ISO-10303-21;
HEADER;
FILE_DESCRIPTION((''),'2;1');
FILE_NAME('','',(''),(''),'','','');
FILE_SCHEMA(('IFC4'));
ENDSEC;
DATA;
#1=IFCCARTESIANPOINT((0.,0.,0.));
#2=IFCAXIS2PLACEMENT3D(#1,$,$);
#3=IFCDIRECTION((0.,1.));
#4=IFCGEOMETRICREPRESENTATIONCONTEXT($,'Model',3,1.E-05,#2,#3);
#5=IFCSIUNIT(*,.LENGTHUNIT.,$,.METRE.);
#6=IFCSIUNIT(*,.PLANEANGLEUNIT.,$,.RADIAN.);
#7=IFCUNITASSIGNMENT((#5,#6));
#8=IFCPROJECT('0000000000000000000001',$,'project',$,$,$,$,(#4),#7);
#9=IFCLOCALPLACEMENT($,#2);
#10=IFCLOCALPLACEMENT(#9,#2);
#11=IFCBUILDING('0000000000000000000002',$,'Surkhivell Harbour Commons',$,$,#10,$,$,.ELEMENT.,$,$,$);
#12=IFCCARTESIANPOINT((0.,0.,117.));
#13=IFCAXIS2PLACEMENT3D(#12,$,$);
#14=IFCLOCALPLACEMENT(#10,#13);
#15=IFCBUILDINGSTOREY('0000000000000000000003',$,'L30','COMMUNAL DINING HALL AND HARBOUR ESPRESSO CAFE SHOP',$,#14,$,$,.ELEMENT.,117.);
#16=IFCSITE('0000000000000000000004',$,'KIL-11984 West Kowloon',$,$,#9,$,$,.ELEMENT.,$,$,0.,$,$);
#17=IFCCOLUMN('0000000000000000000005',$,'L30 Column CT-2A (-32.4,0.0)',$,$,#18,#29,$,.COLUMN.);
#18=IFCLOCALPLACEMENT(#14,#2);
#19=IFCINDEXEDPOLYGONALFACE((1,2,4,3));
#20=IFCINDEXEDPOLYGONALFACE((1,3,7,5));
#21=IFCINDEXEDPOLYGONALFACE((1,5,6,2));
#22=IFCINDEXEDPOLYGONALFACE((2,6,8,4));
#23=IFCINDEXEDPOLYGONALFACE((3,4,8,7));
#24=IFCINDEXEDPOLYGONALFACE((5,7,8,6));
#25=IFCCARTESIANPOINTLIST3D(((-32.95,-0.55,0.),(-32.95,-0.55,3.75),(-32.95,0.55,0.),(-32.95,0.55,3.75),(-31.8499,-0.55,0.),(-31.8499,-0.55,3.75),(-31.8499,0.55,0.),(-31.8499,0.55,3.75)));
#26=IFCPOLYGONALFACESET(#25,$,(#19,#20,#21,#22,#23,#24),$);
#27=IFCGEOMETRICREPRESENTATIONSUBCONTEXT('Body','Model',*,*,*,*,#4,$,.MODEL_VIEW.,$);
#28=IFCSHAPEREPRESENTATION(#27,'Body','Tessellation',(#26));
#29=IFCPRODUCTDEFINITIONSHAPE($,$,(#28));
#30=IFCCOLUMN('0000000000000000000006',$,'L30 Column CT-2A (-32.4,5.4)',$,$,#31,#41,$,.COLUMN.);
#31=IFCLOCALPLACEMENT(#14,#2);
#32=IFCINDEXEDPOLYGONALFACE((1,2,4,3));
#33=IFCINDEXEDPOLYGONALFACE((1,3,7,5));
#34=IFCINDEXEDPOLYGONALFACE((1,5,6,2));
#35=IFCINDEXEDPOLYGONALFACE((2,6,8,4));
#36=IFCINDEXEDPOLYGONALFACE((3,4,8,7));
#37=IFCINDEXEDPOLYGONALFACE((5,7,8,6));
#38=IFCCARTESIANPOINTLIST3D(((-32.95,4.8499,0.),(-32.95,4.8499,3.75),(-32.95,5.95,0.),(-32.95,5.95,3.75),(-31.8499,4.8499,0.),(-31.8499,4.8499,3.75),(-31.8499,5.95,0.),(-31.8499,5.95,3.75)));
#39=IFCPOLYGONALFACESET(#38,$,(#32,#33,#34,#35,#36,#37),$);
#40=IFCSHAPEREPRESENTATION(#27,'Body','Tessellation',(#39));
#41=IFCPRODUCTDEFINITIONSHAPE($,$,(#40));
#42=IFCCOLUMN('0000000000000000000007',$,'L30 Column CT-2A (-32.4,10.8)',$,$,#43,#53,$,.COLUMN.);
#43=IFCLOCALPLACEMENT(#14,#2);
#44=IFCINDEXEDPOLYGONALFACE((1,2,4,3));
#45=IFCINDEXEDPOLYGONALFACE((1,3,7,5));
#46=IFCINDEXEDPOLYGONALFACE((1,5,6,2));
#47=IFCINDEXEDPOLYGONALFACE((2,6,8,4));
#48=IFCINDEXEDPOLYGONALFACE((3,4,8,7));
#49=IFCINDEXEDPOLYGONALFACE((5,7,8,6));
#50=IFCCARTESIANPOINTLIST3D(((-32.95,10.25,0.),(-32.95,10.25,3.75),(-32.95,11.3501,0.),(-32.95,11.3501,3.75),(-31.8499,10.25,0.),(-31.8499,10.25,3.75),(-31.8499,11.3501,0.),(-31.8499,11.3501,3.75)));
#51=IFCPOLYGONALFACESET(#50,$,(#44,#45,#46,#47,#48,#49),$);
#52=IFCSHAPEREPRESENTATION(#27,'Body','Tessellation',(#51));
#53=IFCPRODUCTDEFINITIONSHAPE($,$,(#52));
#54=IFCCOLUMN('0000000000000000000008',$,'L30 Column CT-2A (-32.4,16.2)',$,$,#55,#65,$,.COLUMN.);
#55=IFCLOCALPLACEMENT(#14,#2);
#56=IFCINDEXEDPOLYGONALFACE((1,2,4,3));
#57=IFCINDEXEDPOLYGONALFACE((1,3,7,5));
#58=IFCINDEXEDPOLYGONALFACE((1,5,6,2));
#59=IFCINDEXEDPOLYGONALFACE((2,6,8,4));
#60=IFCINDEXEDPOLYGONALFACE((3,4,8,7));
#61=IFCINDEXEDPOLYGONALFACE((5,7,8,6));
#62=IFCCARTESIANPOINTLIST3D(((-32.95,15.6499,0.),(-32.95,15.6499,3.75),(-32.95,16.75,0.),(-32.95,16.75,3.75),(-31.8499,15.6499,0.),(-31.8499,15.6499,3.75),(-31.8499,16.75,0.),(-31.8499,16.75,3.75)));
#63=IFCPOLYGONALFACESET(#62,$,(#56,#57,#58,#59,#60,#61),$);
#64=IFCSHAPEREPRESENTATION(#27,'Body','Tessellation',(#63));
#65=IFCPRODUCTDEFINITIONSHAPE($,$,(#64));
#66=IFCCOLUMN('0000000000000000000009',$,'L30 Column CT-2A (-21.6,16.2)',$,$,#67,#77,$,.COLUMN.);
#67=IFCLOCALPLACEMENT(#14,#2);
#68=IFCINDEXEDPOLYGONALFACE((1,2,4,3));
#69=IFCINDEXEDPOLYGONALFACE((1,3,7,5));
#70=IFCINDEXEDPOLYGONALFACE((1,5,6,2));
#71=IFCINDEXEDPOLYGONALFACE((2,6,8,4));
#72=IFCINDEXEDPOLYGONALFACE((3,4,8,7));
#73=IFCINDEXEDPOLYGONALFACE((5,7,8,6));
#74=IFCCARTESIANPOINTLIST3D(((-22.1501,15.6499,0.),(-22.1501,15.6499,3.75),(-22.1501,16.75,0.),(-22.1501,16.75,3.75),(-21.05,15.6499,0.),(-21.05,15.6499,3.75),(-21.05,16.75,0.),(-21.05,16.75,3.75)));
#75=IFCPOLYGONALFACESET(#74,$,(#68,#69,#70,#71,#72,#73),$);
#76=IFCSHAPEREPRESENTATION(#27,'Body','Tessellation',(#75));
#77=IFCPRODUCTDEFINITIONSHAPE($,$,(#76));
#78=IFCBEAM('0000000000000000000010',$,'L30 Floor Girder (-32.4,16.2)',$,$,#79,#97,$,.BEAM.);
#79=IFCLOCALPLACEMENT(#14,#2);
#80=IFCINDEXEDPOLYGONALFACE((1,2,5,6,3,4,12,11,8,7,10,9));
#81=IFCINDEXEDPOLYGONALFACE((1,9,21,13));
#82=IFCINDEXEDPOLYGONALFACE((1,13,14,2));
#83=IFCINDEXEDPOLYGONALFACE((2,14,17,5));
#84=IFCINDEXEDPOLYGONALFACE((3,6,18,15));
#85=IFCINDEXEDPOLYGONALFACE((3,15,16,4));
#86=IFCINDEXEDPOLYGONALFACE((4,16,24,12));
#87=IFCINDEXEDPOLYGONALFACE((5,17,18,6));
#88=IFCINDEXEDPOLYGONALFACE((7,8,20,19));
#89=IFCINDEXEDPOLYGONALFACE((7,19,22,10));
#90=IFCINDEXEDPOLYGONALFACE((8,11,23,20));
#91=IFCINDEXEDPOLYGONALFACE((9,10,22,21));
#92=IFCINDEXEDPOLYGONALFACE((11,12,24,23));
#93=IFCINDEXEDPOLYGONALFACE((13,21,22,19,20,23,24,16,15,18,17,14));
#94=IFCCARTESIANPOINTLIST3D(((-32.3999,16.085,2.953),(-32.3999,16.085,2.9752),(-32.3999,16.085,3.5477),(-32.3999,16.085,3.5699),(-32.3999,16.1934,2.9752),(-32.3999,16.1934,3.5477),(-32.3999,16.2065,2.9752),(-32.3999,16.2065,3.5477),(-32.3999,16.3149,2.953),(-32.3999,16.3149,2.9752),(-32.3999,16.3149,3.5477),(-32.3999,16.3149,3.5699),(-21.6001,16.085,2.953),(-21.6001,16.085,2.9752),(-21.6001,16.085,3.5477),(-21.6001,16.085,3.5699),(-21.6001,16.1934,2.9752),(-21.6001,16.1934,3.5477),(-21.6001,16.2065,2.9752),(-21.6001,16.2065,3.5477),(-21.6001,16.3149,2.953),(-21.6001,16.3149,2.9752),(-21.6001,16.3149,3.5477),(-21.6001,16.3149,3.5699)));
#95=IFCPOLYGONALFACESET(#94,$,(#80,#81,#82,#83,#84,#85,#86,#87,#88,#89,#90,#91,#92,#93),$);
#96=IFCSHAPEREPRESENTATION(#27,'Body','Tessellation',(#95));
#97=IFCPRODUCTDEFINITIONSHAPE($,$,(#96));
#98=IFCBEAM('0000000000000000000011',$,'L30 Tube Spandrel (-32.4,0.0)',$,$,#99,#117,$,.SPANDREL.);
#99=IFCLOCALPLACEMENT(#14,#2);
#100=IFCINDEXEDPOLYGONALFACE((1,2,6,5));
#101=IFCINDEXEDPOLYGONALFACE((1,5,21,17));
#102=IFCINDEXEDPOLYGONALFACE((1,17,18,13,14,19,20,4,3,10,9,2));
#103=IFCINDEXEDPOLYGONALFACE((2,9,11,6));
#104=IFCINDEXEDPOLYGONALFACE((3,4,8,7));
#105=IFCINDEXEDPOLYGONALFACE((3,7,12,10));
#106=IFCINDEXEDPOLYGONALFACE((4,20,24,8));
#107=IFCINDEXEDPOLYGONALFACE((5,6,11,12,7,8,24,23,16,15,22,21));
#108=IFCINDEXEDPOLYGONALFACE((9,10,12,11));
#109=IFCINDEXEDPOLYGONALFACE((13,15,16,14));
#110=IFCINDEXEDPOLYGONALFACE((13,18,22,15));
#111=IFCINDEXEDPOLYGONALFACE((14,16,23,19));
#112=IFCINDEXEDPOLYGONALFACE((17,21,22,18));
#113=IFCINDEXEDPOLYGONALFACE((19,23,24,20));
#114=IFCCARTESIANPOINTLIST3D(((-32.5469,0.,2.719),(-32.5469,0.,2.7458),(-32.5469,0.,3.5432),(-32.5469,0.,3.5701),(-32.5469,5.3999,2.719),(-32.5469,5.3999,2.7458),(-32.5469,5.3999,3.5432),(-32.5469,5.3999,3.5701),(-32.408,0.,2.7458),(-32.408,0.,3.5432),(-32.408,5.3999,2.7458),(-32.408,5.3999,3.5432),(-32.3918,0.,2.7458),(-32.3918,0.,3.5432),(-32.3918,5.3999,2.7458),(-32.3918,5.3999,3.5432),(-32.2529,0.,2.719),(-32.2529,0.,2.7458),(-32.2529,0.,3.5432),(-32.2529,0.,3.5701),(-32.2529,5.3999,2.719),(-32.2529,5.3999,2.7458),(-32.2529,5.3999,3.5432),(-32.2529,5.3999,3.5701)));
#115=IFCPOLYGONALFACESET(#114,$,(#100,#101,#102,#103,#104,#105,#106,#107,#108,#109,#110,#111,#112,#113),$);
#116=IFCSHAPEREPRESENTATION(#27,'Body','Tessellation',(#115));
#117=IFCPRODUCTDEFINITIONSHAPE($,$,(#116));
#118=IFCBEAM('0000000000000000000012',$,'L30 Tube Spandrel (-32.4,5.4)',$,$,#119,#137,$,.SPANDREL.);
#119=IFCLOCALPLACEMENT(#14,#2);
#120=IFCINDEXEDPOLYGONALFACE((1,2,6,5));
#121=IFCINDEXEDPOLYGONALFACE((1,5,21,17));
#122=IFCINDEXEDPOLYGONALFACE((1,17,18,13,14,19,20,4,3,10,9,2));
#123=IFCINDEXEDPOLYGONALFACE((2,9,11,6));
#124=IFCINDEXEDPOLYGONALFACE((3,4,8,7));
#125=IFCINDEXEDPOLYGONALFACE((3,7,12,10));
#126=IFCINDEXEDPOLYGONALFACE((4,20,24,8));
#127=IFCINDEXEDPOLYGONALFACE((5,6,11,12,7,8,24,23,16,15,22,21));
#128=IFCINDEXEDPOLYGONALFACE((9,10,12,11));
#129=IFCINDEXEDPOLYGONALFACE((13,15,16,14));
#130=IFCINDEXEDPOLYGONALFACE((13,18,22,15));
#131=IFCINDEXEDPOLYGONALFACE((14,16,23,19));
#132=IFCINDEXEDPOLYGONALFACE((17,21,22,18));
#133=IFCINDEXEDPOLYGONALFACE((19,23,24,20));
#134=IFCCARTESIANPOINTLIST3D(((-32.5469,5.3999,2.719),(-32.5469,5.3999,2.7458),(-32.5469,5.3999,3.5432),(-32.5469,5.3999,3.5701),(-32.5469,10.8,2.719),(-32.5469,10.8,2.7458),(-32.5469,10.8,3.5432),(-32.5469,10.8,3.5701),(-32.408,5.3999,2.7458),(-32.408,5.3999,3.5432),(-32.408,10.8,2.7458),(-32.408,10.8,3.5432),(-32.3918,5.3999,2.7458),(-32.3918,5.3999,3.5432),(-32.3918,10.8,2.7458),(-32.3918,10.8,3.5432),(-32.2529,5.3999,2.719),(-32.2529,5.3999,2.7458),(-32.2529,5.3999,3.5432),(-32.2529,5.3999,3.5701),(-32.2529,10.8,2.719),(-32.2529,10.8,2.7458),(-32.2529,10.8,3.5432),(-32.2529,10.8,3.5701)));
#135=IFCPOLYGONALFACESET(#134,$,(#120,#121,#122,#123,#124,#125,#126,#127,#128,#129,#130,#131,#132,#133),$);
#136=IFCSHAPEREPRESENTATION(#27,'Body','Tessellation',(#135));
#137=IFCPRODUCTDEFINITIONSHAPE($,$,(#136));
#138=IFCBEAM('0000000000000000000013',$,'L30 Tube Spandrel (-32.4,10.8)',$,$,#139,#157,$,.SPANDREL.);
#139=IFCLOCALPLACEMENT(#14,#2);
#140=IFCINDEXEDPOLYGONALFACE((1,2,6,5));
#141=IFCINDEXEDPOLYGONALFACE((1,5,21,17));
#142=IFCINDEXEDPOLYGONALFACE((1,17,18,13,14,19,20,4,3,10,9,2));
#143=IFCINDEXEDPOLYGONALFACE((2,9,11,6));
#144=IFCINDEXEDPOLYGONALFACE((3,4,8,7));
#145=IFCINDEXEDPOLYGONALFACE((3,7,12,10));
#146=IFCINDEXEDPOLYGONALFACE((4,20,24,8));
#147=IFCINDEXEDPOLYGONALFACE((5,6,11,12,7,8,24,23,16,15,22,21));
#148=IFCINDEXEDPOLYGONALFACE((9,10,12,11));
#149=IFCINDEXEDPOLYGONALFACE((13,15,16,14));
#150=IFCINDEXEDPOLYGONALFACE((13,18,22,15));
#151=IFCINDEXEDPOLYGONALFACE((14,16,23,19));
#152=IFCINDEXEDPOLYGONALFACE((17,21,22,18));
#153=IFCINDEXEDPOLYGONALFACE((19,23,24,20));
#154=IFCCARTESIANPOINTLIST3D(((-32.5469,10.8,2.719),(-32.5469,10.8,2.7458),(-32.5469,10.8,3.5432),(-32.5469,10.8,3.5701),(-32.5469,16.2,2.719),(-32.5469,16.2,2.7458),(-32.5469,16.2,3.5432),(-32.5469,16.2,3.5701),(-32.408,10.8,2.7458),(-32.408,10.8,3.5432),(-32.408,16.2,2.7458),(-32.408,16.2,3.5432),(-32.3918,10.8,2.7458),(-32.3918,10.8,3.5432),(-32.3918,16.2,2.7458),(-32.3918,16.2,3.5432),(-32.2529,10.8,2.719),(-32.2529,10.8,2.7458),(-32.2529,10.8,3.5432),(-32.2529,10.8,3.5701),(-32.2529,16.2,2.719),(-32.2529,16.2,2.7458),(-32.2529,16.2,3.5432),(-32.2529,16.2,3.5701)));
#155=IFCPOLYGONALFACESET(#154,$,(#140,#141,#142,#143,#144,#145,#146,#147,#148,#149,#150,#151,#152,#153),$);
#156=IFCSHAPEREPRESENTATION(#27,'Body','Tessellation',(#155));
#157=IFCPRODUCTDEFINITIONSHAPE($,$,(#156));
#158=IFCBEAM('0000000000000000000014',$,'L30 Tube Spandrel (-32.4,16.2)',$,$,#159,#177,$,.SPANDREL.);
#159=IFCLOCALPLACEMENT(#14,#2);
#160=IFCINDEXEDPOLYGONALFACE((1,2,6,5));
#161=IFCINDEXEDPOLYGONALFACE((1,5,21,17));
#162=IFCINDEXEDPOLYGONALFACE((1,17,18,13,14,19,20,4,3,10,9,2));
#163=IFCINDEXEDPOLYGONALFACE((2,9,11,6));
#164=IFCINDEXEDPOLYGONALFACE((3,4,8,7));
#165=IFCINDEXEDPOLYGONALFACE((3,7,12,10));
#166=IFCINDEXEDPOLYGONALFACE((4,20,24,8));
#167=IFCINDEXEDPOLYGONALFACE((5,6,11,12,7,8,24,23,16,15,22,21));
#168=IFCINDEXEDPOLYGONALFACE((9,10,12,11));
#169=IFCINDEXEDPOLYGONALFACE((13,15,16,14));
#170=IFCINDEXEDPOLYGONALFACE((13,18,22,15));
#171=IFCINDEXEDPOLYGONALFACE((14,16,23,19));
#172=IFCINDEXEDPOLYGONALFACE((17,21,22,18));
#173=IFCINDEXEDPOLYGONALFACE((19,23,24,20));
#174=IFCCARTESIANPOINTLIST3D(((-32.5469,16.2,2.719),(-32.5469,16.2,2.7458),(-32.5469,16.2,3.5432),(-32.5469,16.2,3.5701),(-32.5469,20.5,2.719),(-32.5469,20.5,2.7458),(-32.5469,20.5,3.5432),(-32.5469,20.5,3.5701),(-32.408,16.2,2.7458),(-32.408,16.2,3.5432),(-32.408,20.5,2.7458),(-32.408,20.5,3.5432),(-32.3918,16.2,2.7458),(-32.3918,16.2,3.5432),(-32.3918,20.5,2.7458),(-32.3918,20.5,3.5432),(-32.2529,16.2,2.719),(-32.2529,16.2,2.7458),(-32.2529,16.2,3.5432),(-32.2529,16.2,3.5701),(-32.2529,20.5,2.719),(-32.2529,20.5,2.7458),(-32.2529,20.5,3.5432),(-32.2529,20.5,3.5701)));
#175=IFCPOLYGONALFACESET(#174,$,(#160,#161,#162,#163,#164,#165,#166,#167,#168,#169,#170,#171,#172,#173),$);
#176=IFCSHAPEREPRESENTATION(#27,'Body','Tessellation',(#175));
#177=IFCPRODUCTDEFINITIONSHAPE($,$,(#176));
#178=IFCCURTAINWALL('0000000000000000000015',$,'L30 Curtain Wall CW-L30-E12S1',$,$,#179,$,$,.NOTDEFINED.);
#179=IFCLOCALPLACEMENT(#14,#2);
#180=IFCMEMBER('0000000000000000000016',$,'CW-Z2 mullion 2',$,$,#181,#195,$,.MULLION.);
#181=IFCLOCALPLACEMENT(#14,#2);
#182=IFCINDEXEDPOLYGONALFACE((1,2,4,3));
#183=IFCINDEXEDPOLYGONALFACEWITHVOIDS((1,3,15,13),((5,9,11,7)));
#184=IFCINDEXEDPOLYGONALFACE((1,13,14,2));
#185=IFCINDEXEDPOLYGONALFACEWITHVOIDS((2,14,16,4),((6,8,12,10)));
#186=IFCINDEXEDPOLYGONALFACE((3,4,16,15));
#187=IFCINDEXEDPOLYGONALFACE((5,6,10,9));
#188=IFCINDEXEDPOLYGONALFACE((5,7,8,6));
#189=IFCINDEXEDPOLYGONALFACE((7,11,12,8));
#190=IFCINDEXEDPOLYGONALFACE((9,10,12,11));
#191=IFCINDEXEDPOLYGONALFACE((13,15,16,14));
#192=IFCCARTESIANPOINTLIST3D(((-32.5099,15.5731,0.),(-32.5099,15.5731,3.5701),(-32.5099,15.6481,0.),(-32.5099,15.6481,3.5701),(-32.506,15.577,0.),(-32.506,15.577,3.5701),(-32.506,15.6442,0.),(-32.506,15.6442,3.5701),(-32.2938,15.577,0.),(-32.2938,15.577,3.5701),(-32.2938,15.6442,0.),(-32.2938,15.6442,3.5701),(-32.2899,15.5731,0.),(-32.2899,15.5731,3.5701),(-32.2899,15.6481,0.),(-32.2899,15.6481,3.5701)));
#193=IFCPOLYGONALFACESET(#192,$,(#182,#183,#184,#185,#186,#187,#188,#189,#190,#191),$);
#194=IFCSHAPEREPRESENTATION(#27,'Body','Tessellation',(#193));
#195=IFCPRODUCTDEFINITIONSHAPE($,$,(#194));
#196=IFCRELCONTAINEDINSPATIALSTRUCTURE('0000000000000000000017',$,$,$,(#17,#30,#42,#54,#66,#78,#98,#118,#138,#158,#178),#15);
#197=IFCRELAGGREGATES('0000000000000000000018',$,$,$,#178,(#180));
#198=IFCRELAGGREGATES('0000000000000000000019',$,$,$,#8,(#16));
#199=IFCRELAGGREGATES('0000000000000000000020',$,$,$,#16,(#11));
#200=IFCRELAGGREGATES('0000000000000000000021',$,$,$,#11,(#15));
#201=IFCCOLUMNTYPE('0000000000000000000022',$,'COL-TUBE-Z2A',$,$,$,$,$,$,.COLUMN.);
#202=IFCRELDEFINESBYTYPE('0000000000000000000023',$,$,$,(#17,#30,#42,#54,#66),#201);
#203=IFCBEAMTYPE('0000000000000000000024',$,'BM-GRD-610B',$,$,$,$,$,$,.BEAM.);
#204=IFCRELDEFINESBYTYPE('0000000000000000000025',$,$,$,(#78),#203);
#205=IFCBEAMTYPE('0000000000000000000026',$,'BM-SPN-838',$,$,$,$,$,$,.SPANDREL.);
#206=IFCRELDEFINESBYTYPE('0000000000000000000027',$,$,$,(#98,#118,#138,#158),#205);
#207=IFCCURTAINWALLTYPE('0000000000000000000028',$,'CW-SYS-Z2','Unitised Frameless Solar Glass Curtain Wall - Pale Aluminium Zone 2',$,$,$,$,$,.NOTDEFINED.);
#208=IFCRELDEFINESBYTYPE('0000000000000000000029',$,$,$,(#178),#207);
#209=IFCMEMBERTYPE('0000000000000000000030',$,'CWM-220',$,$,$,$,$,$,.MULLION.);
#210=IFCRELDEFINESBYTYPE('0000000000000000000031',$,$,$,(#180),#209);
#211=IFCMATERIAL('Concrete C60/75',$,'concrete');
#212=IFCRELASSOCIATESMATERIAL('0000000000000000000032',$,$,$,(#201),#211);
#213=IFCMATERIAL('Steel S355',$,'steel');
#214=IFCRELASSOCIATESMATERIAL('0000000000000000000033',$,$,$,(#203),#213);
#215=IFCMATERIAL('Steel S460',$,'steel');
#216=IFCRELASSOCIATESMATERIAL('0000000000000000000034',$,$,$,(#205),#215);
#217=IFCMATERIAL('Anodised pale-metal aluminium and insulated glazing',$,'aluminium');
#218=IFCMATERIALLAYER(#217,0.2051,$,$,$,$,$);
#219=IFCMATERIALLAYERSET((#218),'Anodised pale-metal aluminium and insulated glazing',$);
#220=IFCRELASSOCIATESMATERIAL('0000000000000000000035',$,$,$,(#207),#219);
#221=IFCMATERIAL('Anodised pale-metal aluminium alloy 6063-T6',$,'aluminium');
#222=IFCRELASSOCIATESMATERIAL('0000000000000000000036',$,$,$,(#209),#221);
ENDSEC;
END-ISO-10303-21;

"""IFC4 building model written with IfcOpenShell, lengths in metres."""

from ifc_helpers import new_model, si_unit, direction, frame, origin, origin_2d, place, context, subcontext, project, spatial, rectangle, hollow_rectangle, i_section, extrude, material, layer, layer_set, material_profile, profile_set, type_object, element, aggregate, save


model = new_model("IFC4")

# Units and contexts
model_context = context("Model", 3, precision=1e-05, world=origin(), true_north=direction((0.0, 1.0)))
body_context = subcontext(model_context, "Body", "Model", "MODEL_VIEW")
ifc_project = project(units=[si_unit("LENGTHUNIT", "METRE"), si_unit("PLANEANGLEUNIT", "RADIAN")], contexts=[model_context])

# Site, building, storey
site_placement = place(None, origin())
site = spatial("IfcSite", under=ifc_project, at=site_placement, Name="KIL-11984 West Kowloon", CompositionType="ELEMENT", RefElevation=0.0)
building_placement = place(site_placement, origin())
building = spatial("IfcBuilding", under=site, at=building_placement, Name="Surkhivell Harbour Commons", CompositionType="ELEMENT")
storey_placement = place(building_placement, frame((0.0, 0.0, 117.0)))
storey = spatial("IfcBuildingStorey", under=building, at=storey_placement, Name="L30", Description="COMMUNAL DINING HALL AND HARBOUR ESPRESSO CAFE SHOP", CompositionType="ELEMENT", Elevation=117.0)

# Columns
ifc_material_1 = material(Name="Concrete C60/75", Category="concrete")
ifc_material_profile_1 = material_profile(ifc_material_1, rectangle(XDim=1.1001, YDim=1.1001, at=origin_2d()), Name="RC-COL-1100x1100")
ifc_profile_set_1 = profile_set([ifc_material_profile_1], Name="Concrete C60/75")
column_type = type_object("IfcColumnType", Name="COL-TUBE-Z2A", PredefinedType="COLUMN", material=ifc_profile_set_1)
for number, where, z_axis, x_axis, name in (
    (1, (-32.3999, 0.0, 0.0), (0.0, 0.0, 1.0), (1.0, 0.0, 0.0), "L30 Column CT-2A (-32.4,0.0)"),
    (2, (-32.3999, 5.3999, 0.0), (0.0, 0.0, 1.0), (1.0, 0.0, 0.0), "L30 Column CT-2A (-32.4,5.4)"),
    (3, (-32.3999, 10.8, 0.0), (0.0, 0.0, 1.0), (1.0, 0.0, 0.0), "L30 Column CT-2A (-32.4,10.8)"),
    (4, (-32.3999, 16.2, 0.0), (0.0, 0.0, 1.0), (1.0, 0.0, 0.0), "L30 Column CT-2A (-32.4,16.2)"),
    (5, (-21.6001, 16.2, 0.0), (0.0, 0.0, 1.0), (1.0, 0.0, 0.0), "L30 Column CT-2A (-21.6,16.2)"),
):
    element("IfcColumn", number, at=place(storey_placement, frame(where, z_axis=z_axis, x_axis=x_axis)), inside=storey, type_object=column_type, Name=name, PredefinedType="COLUMN", context=body_context, shape_type="SweptSolid", body=[
        extrude(rectangle(XDim=1.1001, YDim=1.1001, at=origin_2d()), origin(), (0.0, 0.0, 1.0), 3.75),
    ])

# Beams
ifc_material_2 = material(Name="Steel S355", Category="steel")
ifc_material_profile_2 = material_profile(ifc_material_2, i_section(OverallWidth=0.23, OverallDepth=0.6169, WebThickness=0.0132, FlangeThickness=0.0222, at=origin_2d()), Name="UB610x229x140")
ifc_profile_set_2 = profile_set([ifc_material_profile_2], Name="Steel S355")
beam_type_1 = type_object("IfcBeamType", Name="BM-GRD-610B", PredefinedType="BEAM", material=ifc_profile_set_2)
beam_1_placement = place(storey_placement, frame((-32.3999, 16.2, 3.2615), z_axis=(1.0, 0.0, 0.0), x_axis=(0.0, 1.0, 0.0)))
element("IfcBeam", 6, at=beam_1_placement, inside=storey, type_object=beam_type_1, Name="L30 Floor Girder (-32.4,16.2)", PredefinedType="BEAM", context=body_context, shape_type="SweptSolid", body=[
    extrude(i_section(OverallWidth=0.23, OverallDepth=0.6169, WebThickness=0.0132, FlangeThickness=0.0222, at=origin_2d()), origin(), (0.0, 0.0, 1.0), 10.7998),
])
ifc_material_3 = material(Name="Steel S460", Category="steel")
ifc_material_profile_3 = material_profile(ifc_material_3, i_section(OverallWidth=0.2939, OverallDepth=0.8511, WebThickness=0.0161, FlangeThickness=0.0269, at=origin_2d()), Name="UB838x292x226")
ifc_profile_set_3 = profile_set([ifc_material_profile_3], Name="Steel S460")
beam_type_2 = type_object("IfcBeamType", Name="BM-SPN-838", PredefinedType="SPANDREL", material=ifc_profile_set_3)
beam_2_placement = place(storey_placement, frame((-32.3999, 0.0, 3.1445), z_axis=(0.0, 1.0, 0.0), x_axis=(-1.0, 0.0, 0.0)))
element("IfcBeam", 7, at=beam_2_placement, inside=storey, type_object=beam_type_2, Name="L30 Tube Spandrel (-32.4,0.0)", PredefinedType="SPANDREL", context=body_context, shape_type="SweptSolid", body=[
    extrude(i_section(OverallWidth=0.2939, OverallDepth=0.8511, WebThickness=0.0161, FlangeThickness=0.0269, at=origin_2d()), origin(), (0.0, 0.0, 1.0), 5.3999),
])
beam_3_placement = place(storey_placement, frame((-32.3999, 5.3999, 3.1445), z_axis=(0.0, 1.0, 0.0), x_axis=(-1.0, 0.0, 0.0)))
element("IfcBeam", 8, at=beam_3_placement, inside=storey, type_object=beam_type_2, Name="L30 Tube Spandrel (-32.4,5.4)", PredefinedType="SPANDREL", context=body_context, shape_type="SweptSolid", body=[
    extrude(i_section(OverallWidth=0.2939, OverallDepth=0.8511, WebThickness=0.0161, FlangeThickness=0.0269, at=origin_2d()), origin(), (0.0, 0.0, 1.0), 5.4001),
])
beam_4_placement = place(storey_placement, frame((-32.3999, 10.8, 3.1445), z_axis=(0.0, 1.0, 0.0), x_axis=(-1.0, 0.0, 0.0)))
element("IfcBeam", 9, at=beam_4_placement, inside=storey, type_object=beam_type_2, Name="L30 Tube Spandrel (-32.4,10.8)", PredefinedType="SPANDREL", context=body_context, shape_type="SweptSolid", body=[
    extrude(i_section(OverallWidth=0.2939, OverallDepth=0.8511, WebThickness=0.0161, FlangeThickness=0.0269, at=origin_2d()), origin(), (0.0, 0.0, 1.0), 5.3999),
])
beam_5_placement = place(storey_placement, frame((-32.3999, 16.2, 3.1445), z_axis=(0.0, 1.0, 0.0), x_axis=(-1.0, 0.0, 0.0)))
element("IfcBeam", 10, at=beam_5_placement, inside=storey, type_object=beam_type_2, Name="L30 Tube Spandrel (-32.4,16.2)", PredefinedType="SPANDREL", context=body_context, shape_type="SweptSolid", body=[
    extrude(i_section(OverallWidth=0.2939, OverallDepth=0.8511, WebThickness=0.0161, FlangeThickness=0.0269, at=origin_2d()), origin(), (0.0, 0.0, 1.0), 4.3),
])

# Curtain wall, member
ifc_material_4 = material(Name="Anodised pale-metal aluminium and insulated glazing", Category="aluminium")
ifc_layer_1 = layer(ifc_material_4, 0.2051)
ifc_layer_set_1 = layer_set([ifc_layer_1], Name="Anodised pale-metal aluminium and insulated glazing")
curtain_wall_type = type_object("IfcCurtainWallType", Name="CW-SYS-Z2", Description="Unitised Frameless Solar Glass Curtain Wall - Pale Aluminium Zone 2", PredefinedType="NOTDEFINED", material=ifc_layer_set_1)
curtain_wall_placement = place(storey_placement, origin())
curtain_wall = element("IfcCurtainWall", 11, at=curtain_wall_placement, inside=storey, type_object=curtain_wall_type, Name="L30 Curtain Wall CW-L30-E12S1", PredefinedType="NOTDEFINED")
ifc_material_5 = material(Name="Anodised pale-metal aluminium alloy 6063-T6", Category="aluminium")
ifc_material_profile_4 = material_profile(ifc_material_5, hollow_rectangle(XDim=0.075, YDim=0.22, WallThickness=0.0039, at=origin_2d()), Name="ALU-MULL-75x220")
ifc_profile_set_4 = profile_set([ifc_material_profile_4], Name="Anodised pale-metal aluminium alloy 6063-T6")
member_type_1 = type_object("IfcMemberType", Name="CWM-220", PredefinedType="MULLION", material=ifc_profile_set_4)
member_1_placement = place(storey_placement, frame((-32.3999, 15.6106, 0.0), z_axis=(0.0, 0.0, 1.0), x_axis=(0.0, -1.0, 0.0)))
member_1 = element("IfcMember", 12, at=member_1_placement, type_object=member_type_1, Name="CW-Z2 mullion 2", PredefinedType="MULLION", context=body_context, shape_type="SweptSolid", body=[
    extrude(hollow_rectangle(XDim=0.075, YDim=0.22, WallThickness=0.0039, at=origin_2d()), origin(), (0.0, 0.0, 1.0), 3.5701),
])
aggregate(curtain_wall, [member_1])

save(model, "model.ifc")
